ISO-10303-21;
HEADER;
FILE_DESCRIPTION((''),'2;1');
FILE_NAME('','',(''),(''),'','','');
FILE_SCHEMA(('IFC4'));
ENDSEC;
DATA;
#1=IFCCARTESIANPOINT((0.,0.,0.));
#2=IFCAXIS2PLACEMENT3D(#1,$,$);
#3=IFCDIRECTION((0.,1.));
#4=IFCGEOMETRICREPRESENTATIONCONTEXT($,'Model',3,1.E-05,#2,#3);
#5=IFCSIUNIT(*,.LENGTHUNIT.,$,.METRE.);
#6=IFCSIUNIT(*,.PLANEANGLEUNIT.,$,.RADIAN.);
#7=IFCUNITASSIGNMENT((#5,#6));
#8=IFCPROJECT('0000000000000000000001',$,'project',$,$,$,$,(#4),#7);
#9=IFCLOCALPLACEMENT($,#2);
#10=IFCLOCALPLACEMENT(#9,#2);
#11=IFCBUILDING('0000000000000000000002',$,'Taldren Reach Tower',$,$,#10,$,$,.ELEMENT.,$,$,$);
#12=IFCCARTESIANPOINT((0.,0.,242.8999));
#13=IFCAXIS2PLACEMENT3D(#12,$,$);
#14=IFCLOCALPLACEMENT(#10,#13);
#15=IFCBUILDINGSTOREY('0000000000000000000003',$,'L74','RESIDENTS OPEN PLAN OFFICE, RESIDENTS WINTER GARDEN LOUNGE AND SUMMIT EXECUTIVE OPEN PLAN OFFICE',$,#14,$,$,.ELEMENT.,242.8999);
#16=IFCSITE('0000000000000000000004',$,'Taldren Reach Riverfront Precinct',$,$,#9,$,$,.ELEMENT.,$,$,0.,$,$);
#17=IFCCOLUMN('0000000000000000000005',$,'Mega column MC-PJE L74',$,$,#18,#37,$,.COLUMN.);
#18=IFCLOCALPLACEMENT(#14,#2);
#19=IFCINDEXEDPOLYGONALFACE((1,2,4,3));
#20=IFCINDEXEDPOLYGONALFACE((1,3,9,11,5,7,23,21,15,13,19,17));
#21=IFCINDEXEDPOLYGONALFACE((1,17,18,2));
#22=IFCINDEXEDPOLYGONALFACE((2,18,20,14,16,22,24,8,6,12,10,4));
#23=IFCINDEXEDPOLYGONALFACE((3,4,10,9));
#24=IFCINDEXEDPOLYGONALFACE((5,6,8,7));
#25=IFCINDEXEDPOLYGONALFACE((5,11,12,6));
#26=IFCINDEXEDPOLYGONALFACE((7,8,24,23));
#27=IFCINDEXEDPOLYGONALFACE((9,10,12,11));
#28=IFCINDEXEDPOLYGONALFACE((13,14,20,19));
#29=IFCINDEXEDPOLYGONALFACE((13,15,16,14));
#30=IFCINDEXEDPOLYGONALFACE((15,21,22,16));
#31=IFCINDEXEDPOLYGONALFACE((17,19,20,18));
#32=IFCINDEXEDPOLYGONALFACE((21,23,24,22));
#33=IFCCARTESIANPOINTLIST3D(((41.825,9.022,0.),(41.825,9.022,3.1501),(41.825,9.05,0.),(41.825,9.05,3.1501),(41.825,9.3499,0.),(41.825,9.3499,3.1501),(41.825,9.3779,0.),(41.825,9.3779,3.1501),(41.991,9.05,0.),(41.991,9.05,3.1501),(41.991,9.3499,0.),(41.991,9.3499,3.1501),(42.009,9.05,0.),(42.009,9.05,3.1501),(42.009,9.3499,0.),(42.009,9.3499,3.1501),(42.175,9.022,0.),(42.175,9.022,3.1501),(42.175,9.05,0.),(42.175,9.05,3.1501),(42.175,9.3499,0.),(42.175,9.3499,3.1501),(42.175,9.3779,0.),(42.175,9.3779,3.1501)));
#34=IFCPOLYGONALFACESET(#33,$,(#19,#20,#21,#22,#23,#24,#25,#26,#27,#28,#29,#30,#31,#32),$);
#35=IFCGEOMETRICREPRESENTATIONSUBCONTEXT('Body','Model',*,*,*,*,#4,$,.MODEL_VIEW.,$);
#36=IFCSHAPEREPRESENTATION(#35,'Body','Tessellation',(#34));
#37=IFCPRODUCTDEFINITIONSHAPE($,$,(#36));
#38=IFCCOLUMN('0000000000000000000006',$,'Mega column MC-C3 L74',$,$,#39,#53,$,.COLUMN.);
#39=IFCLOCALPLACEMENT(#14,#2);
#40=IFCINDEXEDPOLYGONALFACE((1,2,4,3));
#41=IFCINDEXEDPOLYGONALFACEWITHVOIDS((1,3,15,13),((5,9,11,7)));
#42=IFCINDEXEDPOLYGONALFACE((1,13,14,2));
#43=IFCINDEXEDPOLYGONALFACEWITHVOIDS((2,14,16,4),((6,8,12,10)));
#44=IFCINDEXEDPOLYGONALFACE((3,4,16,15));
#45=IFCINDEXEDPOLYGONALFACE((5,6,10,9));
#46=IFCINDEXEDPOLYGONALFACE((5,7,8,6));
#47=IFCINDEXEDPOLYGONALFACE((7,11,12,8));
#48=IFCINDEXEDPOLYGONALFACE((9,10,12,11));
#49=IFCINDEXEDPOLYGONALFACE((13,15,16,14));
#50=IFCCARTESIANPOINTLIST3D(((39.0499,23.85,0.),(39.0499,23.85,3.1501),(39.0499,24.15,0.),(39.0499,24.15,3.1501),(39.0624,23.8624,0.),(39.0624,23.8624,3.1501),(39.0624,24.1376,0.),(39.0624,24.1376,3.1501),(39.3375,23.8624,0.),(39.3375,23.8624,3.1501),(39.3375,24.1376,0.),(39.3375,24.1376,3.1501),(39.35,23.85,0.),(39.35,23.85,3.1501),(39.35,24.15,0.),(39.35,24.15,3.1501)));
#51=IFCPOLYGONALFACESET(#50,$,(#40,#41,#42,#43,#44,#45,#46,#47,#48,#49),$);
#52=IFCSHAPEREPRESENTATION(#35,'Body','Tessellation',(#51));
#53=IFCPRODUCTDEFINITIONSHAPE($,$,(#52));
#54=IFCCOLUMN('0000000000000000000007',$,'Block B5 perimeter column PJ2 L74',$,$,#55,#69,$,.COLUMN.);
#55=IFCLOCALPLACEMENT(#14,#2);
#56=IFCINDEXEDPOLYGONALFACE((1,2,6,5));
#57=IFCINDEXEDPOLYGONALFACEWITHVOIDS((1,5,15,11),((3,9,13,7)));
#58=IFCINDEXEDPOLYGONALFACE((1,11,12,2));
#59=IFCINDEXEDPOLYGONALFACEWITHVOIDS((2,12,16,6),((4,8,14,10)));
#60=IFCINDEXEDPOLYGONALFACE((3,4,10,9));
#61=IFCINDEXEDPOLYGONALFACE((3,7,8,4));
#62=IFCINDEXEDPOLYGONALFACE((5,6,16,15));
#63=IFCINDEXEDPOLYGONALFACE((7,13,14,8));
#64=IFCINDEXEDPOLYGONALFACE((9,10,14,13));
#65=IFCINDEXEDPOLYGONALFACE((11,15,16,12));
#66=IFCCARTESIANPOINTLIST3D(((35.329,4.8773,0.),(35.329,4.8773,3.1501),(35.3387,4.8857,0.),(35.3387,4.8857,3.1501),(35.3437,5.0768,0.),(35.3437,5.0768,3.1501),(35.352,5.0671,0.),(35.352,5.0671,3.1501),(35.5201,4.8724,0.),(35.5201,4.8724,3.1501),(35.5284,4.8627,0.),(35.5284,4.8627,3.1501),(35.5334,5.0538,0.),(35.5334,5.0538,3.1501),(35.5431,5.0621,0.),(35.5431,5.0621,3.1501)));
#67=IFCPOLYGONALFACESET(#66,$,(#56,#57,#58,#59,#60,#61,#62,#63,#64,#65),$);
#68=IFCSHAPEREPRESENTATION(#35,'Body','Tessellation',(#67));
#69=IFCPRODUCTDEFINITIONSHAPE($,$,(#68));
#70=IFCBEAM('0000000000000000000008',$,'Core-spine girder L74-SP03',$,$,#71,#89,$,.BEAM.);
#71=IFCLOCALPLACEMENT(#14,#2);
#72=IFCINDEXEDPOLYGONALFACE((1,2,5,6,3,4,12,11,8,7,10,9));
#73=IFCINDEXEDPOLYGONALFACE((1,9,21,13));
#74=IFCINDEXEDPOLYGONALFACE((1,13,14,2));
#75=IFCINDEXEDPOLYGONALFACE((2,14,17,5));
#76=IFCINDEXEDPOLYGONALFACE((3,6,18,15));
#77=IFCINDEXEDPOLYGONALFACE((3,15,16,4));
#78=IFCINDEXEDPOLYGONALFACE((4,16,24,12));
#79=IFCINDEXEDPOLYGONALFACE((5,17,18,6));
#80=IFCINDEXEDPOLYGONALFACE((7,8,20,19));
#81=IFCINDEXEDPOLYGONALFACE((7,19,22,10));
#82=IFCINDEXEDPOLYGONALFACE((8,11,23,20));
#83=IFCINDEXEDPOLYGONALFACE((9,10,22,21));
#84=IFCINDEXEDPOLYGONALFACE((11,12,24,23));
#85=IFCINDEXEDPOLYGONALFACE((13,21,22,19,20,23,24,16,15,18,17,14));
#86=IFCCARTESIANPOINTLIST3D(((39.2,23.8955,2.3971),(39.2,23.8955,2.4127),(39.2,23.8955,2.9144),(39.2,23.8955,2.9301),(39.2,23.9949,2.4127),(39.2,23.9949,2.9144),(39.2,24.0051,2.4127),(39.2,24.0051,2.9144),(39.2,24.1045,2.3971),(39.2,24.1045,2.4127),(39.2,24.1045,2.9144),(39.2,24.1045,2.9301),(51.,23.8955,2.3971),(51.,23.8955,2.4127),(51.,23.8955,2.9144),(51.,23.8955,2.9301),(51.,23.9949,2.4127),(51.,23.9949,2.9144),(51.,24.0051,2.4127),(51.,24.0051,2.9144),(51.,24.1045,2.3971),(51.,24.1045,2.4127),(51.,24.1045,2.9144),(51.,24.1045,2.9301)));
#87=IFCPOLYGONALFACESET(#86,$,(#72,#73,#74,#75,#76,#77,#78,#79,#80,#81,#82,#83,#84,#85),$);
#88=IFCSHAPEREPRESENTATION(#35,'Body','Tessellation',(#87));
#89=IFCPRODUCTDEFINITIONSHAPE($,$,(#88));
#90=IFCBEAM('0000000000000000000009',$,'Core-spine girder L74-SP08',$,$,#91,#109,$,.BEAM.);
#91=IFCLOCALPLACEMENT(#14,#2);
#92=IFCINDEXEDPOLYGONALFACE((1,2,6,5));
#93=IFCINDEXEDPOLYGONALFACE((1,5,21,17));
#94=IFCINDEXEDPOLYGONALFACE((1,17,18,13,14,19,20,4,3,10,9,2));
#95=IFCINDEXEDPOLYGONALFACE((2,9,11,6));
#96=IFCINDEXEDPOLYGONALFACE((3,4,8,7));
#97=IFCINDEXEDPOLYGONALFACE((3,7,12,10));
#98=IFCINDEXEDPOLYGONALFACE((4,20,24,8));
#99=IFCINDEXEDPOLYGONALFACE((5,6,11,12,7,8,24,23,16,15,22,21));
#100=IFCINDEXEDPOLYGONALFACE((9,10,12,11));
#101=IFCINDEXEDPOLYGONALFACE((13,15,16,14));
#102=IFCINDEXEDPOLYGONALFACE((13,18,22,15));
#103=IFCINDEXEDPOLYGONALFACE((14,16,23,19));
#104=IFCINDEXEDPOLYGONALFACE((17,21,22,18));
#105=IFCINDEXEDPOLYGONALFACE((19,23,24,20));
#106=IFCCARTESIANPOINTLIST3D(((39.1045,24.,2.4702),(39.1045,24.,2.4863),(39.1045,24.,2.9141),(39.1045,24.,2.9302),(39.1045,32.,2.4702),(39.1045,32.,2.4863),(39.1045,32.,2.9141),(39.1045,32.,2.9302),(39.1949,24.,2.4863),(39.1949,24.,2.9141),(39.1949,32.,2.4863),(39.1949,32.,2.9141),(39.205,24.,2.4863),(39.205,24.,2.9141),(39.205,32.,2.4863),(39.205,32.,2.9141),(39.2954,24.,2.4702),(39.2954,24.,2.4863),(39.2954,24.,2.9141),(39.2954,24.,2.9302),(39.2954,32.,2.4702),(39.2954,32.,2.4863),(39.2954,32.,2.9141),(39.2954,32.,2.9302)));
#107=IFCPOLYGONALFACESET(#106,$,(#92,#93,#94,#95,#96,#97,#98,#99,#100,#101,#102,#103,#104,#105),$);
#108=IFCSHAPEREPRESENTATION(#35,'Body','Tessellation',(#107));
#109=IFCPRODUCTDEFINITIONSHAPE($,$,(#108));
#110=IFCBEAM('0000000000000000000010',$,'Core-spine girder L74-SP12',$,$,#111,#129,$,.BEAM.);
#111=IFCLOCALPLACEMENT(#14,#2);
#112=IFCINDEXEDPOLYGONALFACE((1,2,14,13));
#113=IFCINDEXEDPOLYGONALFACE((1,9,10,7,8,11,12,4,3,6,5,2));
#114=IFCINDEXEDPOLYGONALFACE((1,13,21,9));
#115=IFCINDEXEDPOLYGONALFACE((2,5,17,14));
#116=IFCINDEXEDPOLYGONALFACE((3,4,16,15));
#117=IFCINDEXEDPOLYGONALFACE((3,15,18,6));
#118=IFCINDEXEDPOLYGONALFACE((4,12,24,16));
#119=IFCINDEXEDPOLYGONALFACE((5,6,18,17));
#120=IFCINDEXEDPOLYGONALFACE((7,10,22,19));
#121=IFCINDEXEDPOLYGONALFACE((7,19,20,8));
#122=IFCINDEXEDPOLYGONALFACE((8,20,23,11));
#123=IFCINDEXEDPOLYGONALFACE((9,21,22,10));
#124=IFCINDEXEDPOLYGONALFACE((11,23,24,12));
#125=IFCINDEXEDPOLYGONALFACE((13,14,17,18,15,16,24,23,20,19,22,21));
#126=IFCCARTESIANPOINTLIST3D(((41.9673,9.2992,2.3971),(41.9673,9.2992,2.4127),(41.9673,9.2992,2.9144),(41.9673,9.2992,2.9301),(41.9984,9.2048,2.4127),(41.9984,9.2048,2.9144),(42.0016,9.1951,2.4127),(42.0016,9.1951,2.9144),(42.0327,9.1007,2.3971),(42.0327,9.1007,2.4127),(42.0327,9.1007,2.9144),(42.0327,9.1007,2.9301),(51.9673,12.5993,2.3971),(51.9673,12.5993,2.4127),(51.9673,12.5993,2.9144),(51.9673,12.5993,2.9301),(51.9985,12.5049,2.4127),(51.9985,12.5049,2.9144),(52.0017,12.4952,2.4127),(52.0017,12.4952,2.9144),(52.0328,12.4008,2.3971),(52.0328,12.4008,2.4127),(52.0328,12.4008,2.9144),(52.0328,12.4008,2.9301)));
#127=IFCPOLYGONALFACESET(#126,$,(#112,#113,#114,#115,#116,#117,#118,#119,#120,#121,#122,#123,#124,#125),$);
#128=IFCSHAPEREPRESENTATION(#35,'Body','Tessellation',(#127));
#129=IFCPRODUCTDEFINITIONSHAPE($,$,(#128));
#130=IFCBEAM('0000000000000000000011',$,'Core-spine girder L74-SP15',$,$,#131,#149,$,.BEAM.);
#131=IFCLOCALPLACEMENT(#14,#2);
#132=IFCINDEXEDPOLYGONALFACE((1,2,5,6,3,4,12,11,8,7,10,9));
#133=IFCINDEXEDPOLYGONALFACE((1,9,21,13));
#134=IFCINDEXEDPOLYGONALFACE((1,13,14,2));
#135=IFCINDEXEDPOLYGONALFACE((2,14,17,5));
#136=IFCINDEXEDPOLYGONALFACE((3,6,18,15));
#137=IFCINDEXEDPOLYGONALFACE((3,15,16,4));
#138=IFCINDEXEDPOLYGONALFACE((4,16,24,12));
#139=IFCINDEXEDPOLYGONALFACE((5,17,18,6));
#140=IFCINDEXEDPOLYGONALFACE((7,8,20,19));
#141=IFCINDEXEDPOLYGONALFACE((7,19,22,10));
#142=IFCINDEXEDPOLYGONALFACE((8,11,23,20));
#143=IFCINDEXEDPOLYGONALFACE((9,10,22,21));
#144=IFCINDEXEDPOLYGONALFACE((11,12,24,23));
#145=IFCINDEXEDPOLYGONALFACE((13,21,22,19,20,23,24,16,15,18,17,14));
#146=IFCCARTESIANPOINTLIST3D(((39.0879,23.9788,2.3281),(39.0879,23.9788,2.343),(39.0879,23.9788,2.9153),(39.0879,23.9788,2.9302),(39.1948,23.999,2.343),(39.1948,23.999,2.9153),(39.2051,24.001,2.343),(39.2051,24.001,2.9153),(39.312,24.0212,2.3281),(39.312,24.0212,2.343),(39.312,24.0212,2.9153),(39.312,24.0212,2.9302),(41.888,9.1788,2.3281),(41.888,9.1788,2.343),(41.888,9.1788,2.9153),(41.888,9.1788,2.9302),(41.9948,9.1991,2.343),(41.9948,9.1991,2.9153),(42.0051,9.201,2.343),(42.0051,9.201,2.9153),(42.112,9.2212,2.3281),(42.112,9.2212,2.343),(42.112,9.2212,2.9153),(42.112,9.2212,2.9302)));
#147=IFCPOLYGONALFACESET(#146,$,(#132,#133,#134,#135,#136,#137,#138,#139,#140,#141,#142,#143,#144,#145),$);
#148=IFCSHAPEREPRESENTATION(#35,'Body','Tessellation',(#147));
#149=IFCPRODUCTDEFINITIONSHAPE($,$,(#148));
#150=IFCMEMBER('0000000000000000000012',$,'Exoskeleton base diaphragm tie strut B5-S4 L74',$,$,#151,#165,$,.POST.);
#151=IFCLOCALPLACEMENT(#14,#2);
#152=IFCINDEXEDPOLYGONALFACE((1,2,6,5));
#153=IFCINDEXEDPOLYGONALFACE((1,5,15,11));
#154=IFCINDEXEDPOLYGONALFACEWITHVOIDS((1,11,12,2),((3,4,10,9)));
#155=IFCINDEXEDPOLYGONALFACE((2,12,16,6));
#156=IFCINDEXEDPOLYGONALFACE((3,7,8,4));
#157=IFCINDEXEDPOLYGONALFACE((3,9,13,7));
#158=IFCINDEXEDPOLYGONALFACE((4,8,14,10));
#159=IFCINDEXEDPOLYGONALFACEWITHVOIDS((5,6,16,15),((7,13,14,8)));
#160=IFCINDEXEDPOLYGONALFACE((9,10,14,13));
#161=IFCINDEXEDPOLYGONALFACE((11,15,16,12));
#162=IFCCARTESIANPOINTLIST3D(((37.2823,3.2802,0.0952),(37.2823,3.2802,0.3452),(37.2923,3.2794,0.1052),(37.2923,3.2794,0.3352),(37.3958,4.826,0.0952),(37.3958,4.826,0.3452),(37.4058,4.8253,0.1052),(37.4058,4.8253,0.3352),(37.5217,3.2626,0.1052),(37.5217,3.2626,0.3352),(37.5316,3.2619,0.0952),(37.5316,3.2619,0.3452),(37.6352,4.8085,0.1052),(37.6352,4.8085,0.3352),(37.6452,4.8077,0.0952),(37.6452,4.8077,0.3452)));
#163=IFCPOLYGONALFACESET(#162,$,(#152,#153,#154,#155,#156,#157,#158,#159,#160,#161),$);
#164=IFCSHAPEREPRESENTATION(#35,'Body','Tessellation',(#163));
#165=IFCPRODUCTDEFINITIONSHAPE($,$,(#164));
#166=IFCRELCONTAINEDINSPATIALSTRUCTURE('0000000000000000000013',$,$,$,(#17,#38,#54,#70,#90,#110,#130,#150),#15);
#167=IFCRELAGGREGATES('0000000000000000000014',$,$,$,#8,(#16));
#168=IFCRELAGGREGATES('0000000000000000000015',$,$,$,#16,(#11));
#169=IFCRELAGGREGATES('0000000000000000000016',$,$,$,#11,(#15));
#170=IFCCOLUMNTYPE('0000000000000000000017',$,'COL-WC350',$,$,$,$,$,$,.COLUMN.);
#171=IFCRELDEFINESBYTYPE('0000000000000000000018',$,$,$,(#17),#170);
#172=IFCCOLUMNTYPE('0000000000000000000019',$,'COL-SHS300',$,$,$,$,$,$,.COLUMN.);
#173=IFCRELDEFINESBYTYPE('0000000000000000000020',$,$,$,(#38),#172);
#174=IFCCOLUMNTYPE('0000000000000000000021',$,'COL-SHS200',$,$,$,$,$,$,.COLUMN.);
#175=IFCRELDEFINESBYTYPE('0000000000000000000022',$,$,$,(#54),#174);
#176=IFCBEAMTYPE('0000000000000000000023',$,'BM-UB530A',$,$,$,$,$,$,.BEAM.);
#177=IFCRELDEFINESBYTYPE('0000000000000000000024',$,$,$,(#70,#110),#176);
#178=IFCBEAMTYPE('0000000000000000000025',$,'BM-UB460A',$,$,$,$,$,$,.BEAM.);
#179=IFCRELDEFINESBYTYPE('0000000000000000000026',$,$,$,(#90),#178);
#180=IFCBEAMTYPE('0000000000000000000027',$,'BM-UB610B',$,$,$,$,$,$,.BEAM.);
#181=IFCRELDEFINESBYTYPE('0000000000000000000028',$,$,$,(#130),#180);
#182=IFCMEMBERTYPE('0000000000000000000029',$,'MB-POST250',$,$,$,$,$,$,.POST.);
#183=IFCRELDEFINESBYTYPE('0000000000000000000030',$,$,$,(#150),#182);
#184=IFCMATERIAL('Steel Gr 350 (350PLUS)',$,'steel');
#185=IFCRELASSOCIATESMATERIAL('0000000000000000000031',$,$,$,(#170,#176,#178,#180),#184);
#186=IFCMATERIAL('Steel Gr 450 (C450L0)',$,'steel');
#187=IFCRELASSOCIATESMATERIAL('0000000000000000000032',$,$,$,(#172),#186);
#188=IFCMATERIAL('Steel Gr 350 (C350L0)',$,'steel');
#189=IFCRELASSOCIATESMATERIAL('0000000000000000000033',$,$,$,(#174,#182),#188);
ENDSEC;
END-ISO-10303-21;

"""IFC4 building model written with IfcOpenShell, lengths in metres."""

from ifc_helpers import new_model, si_unit, direction, frame, origin, origin_2d, place, context, subcontext, project, spatial, hollow_rectangle, i_section, extrude, source, transform, mapped, material, material_profile, profile_set, type_object, element, save


model = new_model("IFC4")

# Units and contexts
model_context = context("Model", 3, precision=1e-05, world=origin(), true_north=direction((0.0, 1.0)))
body_context = subcontext(model_context, "Body", "Model", "MODEL_VIEW")
ifc_project = project(units=[si_unit("LENGTHUNIT", "METRE"), si_unit("PLANEANGLEUNIT", "RADIAN")], contexts=[model_context])

# Site, building, storey
site_placement = place(None, origin())
site = spatial("IfcSite", under=ifc_project, at=site_placement, Name="Taldren Reach Riverfront Precinct", CompositionType="ELEMENT", RefElevation=0.0)
building_placement = place(site_placement, origin())
building = spatial("IfcBuilding", under=site, at=building_placement, Name="Taldren Reach Tower", CompositionType="ELEMENT")
storey_placement = place(building_placement, frame((0.0, 0.0, 242.8999)))
storey = spatial("IfcBuildingStorey", under=building, at=storey_placement, Name="L74", Description="RESIDENTS OPEN PLAN OFFICE, RESIDENTS WINTER GARDEN LOUNGE AND SUMMIT EXECUTIVE OPEN PLAN OFFICE", CompositionType="ELEMENT", Elevation=242.8999)

# Columns
ifc_material_1 = material(Name="Steel Gr 350 (350PLUS)", Category="steel")
ifc_material_profile_1 = material_profile(ifc_material_1, i_section(OverallWidth=0.3501, OverallDepth=0.356, WebThickness=0.0181, FlangeThickness=0.0281, at=origin_2d()), Name="350WC197")
ifc_profile_set_1 = profile_set([ifc_material_profile_1], Name="Steel Gr 350 (350PLUS)")
column_type_1 = type_object("IfcColumnType", Name="COL-WC350", PredefinedType="COLUMN", material=ifc_profile_set_1)
shared_shape_1 = source(origin(), body_context, "Body", "SweptSolid", [
    extrude(i_section(OverallWidth=0.3501, OverallDepth=0.356, WebThickness=0.0181, FlangeThickness=0.0281, at=origin_2d()), origin(), (0.0, 0.0, 1.0), 3.1501),
])
column_1_placement = place(storey_placement, frame((42.0, 9.2, 0.0), z_axis=(0.0, 0.0, 1.0), x_axis=(1.0, 0.0, 0.0)))
element("IfcColumn", 1, at=column_1_placement, inside=storey, type_object=column_type_1, Name="Mega column MC-PJE L74", PredefinedType="COLUMN", context=body_context, shape_type="MappedRepresentation", body=[
    mapped(shared_shape_1, transform((0.0, 0.0, 0.0), scale=1.0)),
])
ifc_material_2 = material(Name="Steel Gr 450 (C450L0)", Category="steel")
ifc_material_profile_2 = material_profile(ifc_material_2, hollow_rectangle(XDim=0.3, YDim=0.3, WallThickness=0.0125, at=origin_2d()), Name="300x300x12.5SHS")
ifc_profile_set_2 = profile_set([ifc_material_profile_2], Name="Steel Gr 450 (C450L0)")
column_type_2 = type_object("IfcColumnType", Name="COL-SHS300", PredefinedType="COLUMN", material=ifc_profile_set_2)
shared_shape_2 = source(origin(), body_context, "Body", "SweptSolid", [
    extrude(hollow_rectangle(XDim=0.3, YDim=0.3, WallThickness=0.0125, at=origin_2d()), origin(), (0.0, 0.0, 1.0), 3.1501),
])
column_2_placement = place(storey_placement, frame((39.2, 24.0, 0.0), z_axis=(0.0, 0.0, 1.0), x_axis=(1.0, 0.0, 0.0)))
element("IfcColumn", 2, at=column_2_placement, inside=storey, type_object=column_type_2, Name="Mega column MC-C3 L74", PredefinedType="COLUMN", context=body_context, shape_type="MappedRepresentation", body=[
    mapped(shared_shape_2, transform((0.0, 0.0, 0.0), scale=1.0)),
])
ifc_material_3 = material(Name="Steel Gr 350 (C350L0)", Category="steel")
ifc_material_profile_3 = material_profile(ifc_material_3, hollow_rectangle(XDim=0.2, YDim=0.2, WallThickness=0.009, at=origin_2d()), Name="200x200x9.0SHS")
ifc_profile_set_3 = profile_set([ifc_material_profile_3], Name="Steel Gr 350 (C350L0)")
column_type_3 = type_object("IfcColumnType", Name="COL-SHS200", PredefinedType="COLUMN", material=ifc_profile_set_3)
shared_shape_3 = source(origin(), body_context, "Body", "SweptSolid", [
    extrude(hollow_rectangle(XDim=0.2, YDim=0.2, WallThickness=0.009, at=origin_2d()), origin(), (0.0, 0.0, 1.0), 3.1501),
])
column_3_placement = place(storey_placement, frame((35.436, 4.9697, 0.0), z_axis=(0.0, 0.0, 1.0), x_axis=(0.997314, -0.073238, 0.0)))
element("IfcColumn", 3, at=column_3_placement, inside=storey, type_object=column_type_3, Name="Block B5 perimeter column PJ2 L74", PredefinedType="COLUMN", context=body_context, shape_type="MappedRepresentation", body=[
    mapped(shared_shape_3, transform((0.0, 0.0, 0.0), scale=1.0)),
])

# Beams
ifc_material_profile_4 = material_profile(ifc_material_1, i_section(OverallWidth=0.209, OverallDepth=0.533, WebThickness=0.0103, FlangeThickness=0.0156, at=origin_2d()), Name="530UB92.4")
ifc_profile_set_4 = profile_set([ifc_material_profile_4], Name="Steel Gr 350 (350PLUS)")
beam_type_1 = type_object("IfcBeamType", Name="BM-UB530A", PredefinedType="BEAM", material=ifc_profile_set_4)
shared_shape_4 = source(origin(), body_context, "Body", "SweptSolid", [
    extrude(i_section(OverallWidth=0.209, OverallDepth=0.533, WebThickness=0.0103, FlangeThickness=0.0156, at=origin_2d()), origin(), (0.0, 0.0, 1.0), 11.8),
])
beam_1_placement = place(storey_placement, frame((39.2, 24.0, 2.6636), z_axis=(1.0, 0.0, 0.0), x_axis=(0.0, 1.0, 0.0)))
element("IfcBeam", 4, at=beam_1_placement, inside=storey, type_object=beam_type_1, Name="Core-spine girder L74-SP03", PredefinedType="BEAM", context=body_context, shape_type="MappedRepresentation", body=[
    mapped(shared_shape_4, transform((0.0, 0.0, 0.0), scale=1.0)),
])
ifc_material_profile_5 = material_profile(ifc_material_1, i_section(OverallWidth=0.1909, OverallDepth=0.46, WebThickness=0.01, FlangeThickness=0.0161, at=origin_2d()), Name="460UB82.1")
ifc_profile_set_5 = profile_set([ifc_material_profile_5], Name="Steel Gr 350 (350PLUS)")
beam_type_2 = type_object("IfcBeamType", Name="BM-UB460A", PredefinedType="BEAM", material=ifc_profile_set_5)
shared_shape_5 = source(origin(), body_context, "Body", "SweptSolid", [
    extrude(i_section(OverallWidth=0.1909, OverallDepth=0.46, WebThickness=0.01, FlangeThickness=0.0161, at=origin_2d()), origin(), (0.0, 0.0, 1.0), 8.0),
])
beam_2_placement = place(storey_placement, frame((39.2, 24.0, 2.7002), z_axis=(0.0, 1.0, 0.0), x_axis=(-1.0, 0.0, 0.0)))
element("IfcBeam", 5, at=beam_2_placement, inside=storey, type_object=beam_type_2, Name="Core-spine girder L74-SP08", PredefinedType="BEAM", context=body_context, shape_type="MappedRepresentation", body=[
    mapped(shared_shape_5, transform((0.0, 0.0, 0.0), scale=1.0)),
])
shared_shape_6 = source(origin(), body_context, "Body", "SweptSolid", [
    extrude(i_section(OverallWidth=0.209, OverallDepth=0.533, WebThickness=0.0103, FlangeThickness=0.0156, at=origin_2d()), origin(), (0.0, 0.0, 1.0), 10.5305),
])
beam_3_placement = place(storey_placement, frame((42.0, 9.2, 2.6636), z_axis=(0.949627, 0.313382, 0.0), x_axis=(-0.313382, 0.949627, 0.0)))
element("IfcBeam", 6, at=beam_3_placement, inside=storey, type_object=beam_type_1, Name="Core-spine girder L74-SP12", PredefinedType="BEAM", context=body_context, shape_type="MappedRepresentation", body=[
    mapped(shared_shape_6, transform((0.0, 0.0, 0.0), scale=1.0)),
])
ifc_material_profile_6 = material_profile(ifc_material_1, i_section(OverallWidth=0.228, OverallDepth=0.6021, WebThickness=0.0105, FlangeThickness=0.0149, at=origin_2d()), Name="610UB101")
ifc_profile_set_6 = profile_set([ifc_material_profile_6], Name="Steel Gr 350 (350PLUS)")
beam_type_3 = type_object("IfcBeamType", Name="BM-UB610B", PredefinedType="BEAM", material=ifc_profile_set_6)
shared_shape_7 = source(origin(), body_context, "Body", "SweptSolid", [
    extrude(i_section(OverallWidth=0.228, OverallDepth=0.6021, WebThickness=0.0105, FlangeThickness=0.0149, at=origin_2d()), origin(), (0.0, 0.0, 1.0), 15.0625),
])
beam_4_placement = place(storey_placement, frame((39.2, 24.0, 2.6292), z_axis=(0.185894, -0.98257, 0.0), x_axis=(0.98257, 0.185894, 0.0)))
element("IfcBeam", 7, at=beam_4_placement, inside=storey, type_object=beam_type_3, Name="Core-spine girder L74-SP15", PredefinedType="BEAM", context=body_context, shape_type="MappedRepresentation", body=[
    mapped(shared_shape_7, transform((0.0, 0.0, 0.0), scale=1.0)),
])

# Member
ifc_material_profile_7 = material_profile(ifc_material_3, hollow_rectangle(XDim=0.25, YDim=0.25, WallThickness=0.01, at=origin_2d()), Name="250x250x10.0SHS")
ifc_profile_set_7 = profile_set([ifc_material_profile_7], Name="Steel Gr 350 (C350L0)")
member_type = type_object("IfcMemberType", Name="MB-POST250", PredefinedType="POST", material=ifc_profile_set_7)
shared_shape_8 = source(origin(), body_context, "Body", "SweptSolid", [
    extrude(hollow_rectangle(XDim=0.25, YDim=0.25, WallThickness=0.01, at=origin_2d()), origin(), (0.0, 0.0, 1.0), 1.55),
])
for number, where, z_axis, x_axis, name in (
    (8, (37.5205, 4.8169, 0.2202), (-0.073239, -0.997314, 0.0), (0.997314, -0.073239, 0.0), "Exoskeleton base diaphragm tie strut B5-S4 L74"),
):
    element("IfcMember", number, at=place(storey_placement, frame(where, z_axis=z_axis, x_axis=x_axis)), inside=storey, type_object=member_type, Name=name, PredefinedType="POST", context=body_context, shape_type="MappedRepresentation", body=[
        mapped(shared_shape_8, transform((0.0, 0.0, 0.0), scale=1.0)),
    ])

save(model, "model.ifc")
